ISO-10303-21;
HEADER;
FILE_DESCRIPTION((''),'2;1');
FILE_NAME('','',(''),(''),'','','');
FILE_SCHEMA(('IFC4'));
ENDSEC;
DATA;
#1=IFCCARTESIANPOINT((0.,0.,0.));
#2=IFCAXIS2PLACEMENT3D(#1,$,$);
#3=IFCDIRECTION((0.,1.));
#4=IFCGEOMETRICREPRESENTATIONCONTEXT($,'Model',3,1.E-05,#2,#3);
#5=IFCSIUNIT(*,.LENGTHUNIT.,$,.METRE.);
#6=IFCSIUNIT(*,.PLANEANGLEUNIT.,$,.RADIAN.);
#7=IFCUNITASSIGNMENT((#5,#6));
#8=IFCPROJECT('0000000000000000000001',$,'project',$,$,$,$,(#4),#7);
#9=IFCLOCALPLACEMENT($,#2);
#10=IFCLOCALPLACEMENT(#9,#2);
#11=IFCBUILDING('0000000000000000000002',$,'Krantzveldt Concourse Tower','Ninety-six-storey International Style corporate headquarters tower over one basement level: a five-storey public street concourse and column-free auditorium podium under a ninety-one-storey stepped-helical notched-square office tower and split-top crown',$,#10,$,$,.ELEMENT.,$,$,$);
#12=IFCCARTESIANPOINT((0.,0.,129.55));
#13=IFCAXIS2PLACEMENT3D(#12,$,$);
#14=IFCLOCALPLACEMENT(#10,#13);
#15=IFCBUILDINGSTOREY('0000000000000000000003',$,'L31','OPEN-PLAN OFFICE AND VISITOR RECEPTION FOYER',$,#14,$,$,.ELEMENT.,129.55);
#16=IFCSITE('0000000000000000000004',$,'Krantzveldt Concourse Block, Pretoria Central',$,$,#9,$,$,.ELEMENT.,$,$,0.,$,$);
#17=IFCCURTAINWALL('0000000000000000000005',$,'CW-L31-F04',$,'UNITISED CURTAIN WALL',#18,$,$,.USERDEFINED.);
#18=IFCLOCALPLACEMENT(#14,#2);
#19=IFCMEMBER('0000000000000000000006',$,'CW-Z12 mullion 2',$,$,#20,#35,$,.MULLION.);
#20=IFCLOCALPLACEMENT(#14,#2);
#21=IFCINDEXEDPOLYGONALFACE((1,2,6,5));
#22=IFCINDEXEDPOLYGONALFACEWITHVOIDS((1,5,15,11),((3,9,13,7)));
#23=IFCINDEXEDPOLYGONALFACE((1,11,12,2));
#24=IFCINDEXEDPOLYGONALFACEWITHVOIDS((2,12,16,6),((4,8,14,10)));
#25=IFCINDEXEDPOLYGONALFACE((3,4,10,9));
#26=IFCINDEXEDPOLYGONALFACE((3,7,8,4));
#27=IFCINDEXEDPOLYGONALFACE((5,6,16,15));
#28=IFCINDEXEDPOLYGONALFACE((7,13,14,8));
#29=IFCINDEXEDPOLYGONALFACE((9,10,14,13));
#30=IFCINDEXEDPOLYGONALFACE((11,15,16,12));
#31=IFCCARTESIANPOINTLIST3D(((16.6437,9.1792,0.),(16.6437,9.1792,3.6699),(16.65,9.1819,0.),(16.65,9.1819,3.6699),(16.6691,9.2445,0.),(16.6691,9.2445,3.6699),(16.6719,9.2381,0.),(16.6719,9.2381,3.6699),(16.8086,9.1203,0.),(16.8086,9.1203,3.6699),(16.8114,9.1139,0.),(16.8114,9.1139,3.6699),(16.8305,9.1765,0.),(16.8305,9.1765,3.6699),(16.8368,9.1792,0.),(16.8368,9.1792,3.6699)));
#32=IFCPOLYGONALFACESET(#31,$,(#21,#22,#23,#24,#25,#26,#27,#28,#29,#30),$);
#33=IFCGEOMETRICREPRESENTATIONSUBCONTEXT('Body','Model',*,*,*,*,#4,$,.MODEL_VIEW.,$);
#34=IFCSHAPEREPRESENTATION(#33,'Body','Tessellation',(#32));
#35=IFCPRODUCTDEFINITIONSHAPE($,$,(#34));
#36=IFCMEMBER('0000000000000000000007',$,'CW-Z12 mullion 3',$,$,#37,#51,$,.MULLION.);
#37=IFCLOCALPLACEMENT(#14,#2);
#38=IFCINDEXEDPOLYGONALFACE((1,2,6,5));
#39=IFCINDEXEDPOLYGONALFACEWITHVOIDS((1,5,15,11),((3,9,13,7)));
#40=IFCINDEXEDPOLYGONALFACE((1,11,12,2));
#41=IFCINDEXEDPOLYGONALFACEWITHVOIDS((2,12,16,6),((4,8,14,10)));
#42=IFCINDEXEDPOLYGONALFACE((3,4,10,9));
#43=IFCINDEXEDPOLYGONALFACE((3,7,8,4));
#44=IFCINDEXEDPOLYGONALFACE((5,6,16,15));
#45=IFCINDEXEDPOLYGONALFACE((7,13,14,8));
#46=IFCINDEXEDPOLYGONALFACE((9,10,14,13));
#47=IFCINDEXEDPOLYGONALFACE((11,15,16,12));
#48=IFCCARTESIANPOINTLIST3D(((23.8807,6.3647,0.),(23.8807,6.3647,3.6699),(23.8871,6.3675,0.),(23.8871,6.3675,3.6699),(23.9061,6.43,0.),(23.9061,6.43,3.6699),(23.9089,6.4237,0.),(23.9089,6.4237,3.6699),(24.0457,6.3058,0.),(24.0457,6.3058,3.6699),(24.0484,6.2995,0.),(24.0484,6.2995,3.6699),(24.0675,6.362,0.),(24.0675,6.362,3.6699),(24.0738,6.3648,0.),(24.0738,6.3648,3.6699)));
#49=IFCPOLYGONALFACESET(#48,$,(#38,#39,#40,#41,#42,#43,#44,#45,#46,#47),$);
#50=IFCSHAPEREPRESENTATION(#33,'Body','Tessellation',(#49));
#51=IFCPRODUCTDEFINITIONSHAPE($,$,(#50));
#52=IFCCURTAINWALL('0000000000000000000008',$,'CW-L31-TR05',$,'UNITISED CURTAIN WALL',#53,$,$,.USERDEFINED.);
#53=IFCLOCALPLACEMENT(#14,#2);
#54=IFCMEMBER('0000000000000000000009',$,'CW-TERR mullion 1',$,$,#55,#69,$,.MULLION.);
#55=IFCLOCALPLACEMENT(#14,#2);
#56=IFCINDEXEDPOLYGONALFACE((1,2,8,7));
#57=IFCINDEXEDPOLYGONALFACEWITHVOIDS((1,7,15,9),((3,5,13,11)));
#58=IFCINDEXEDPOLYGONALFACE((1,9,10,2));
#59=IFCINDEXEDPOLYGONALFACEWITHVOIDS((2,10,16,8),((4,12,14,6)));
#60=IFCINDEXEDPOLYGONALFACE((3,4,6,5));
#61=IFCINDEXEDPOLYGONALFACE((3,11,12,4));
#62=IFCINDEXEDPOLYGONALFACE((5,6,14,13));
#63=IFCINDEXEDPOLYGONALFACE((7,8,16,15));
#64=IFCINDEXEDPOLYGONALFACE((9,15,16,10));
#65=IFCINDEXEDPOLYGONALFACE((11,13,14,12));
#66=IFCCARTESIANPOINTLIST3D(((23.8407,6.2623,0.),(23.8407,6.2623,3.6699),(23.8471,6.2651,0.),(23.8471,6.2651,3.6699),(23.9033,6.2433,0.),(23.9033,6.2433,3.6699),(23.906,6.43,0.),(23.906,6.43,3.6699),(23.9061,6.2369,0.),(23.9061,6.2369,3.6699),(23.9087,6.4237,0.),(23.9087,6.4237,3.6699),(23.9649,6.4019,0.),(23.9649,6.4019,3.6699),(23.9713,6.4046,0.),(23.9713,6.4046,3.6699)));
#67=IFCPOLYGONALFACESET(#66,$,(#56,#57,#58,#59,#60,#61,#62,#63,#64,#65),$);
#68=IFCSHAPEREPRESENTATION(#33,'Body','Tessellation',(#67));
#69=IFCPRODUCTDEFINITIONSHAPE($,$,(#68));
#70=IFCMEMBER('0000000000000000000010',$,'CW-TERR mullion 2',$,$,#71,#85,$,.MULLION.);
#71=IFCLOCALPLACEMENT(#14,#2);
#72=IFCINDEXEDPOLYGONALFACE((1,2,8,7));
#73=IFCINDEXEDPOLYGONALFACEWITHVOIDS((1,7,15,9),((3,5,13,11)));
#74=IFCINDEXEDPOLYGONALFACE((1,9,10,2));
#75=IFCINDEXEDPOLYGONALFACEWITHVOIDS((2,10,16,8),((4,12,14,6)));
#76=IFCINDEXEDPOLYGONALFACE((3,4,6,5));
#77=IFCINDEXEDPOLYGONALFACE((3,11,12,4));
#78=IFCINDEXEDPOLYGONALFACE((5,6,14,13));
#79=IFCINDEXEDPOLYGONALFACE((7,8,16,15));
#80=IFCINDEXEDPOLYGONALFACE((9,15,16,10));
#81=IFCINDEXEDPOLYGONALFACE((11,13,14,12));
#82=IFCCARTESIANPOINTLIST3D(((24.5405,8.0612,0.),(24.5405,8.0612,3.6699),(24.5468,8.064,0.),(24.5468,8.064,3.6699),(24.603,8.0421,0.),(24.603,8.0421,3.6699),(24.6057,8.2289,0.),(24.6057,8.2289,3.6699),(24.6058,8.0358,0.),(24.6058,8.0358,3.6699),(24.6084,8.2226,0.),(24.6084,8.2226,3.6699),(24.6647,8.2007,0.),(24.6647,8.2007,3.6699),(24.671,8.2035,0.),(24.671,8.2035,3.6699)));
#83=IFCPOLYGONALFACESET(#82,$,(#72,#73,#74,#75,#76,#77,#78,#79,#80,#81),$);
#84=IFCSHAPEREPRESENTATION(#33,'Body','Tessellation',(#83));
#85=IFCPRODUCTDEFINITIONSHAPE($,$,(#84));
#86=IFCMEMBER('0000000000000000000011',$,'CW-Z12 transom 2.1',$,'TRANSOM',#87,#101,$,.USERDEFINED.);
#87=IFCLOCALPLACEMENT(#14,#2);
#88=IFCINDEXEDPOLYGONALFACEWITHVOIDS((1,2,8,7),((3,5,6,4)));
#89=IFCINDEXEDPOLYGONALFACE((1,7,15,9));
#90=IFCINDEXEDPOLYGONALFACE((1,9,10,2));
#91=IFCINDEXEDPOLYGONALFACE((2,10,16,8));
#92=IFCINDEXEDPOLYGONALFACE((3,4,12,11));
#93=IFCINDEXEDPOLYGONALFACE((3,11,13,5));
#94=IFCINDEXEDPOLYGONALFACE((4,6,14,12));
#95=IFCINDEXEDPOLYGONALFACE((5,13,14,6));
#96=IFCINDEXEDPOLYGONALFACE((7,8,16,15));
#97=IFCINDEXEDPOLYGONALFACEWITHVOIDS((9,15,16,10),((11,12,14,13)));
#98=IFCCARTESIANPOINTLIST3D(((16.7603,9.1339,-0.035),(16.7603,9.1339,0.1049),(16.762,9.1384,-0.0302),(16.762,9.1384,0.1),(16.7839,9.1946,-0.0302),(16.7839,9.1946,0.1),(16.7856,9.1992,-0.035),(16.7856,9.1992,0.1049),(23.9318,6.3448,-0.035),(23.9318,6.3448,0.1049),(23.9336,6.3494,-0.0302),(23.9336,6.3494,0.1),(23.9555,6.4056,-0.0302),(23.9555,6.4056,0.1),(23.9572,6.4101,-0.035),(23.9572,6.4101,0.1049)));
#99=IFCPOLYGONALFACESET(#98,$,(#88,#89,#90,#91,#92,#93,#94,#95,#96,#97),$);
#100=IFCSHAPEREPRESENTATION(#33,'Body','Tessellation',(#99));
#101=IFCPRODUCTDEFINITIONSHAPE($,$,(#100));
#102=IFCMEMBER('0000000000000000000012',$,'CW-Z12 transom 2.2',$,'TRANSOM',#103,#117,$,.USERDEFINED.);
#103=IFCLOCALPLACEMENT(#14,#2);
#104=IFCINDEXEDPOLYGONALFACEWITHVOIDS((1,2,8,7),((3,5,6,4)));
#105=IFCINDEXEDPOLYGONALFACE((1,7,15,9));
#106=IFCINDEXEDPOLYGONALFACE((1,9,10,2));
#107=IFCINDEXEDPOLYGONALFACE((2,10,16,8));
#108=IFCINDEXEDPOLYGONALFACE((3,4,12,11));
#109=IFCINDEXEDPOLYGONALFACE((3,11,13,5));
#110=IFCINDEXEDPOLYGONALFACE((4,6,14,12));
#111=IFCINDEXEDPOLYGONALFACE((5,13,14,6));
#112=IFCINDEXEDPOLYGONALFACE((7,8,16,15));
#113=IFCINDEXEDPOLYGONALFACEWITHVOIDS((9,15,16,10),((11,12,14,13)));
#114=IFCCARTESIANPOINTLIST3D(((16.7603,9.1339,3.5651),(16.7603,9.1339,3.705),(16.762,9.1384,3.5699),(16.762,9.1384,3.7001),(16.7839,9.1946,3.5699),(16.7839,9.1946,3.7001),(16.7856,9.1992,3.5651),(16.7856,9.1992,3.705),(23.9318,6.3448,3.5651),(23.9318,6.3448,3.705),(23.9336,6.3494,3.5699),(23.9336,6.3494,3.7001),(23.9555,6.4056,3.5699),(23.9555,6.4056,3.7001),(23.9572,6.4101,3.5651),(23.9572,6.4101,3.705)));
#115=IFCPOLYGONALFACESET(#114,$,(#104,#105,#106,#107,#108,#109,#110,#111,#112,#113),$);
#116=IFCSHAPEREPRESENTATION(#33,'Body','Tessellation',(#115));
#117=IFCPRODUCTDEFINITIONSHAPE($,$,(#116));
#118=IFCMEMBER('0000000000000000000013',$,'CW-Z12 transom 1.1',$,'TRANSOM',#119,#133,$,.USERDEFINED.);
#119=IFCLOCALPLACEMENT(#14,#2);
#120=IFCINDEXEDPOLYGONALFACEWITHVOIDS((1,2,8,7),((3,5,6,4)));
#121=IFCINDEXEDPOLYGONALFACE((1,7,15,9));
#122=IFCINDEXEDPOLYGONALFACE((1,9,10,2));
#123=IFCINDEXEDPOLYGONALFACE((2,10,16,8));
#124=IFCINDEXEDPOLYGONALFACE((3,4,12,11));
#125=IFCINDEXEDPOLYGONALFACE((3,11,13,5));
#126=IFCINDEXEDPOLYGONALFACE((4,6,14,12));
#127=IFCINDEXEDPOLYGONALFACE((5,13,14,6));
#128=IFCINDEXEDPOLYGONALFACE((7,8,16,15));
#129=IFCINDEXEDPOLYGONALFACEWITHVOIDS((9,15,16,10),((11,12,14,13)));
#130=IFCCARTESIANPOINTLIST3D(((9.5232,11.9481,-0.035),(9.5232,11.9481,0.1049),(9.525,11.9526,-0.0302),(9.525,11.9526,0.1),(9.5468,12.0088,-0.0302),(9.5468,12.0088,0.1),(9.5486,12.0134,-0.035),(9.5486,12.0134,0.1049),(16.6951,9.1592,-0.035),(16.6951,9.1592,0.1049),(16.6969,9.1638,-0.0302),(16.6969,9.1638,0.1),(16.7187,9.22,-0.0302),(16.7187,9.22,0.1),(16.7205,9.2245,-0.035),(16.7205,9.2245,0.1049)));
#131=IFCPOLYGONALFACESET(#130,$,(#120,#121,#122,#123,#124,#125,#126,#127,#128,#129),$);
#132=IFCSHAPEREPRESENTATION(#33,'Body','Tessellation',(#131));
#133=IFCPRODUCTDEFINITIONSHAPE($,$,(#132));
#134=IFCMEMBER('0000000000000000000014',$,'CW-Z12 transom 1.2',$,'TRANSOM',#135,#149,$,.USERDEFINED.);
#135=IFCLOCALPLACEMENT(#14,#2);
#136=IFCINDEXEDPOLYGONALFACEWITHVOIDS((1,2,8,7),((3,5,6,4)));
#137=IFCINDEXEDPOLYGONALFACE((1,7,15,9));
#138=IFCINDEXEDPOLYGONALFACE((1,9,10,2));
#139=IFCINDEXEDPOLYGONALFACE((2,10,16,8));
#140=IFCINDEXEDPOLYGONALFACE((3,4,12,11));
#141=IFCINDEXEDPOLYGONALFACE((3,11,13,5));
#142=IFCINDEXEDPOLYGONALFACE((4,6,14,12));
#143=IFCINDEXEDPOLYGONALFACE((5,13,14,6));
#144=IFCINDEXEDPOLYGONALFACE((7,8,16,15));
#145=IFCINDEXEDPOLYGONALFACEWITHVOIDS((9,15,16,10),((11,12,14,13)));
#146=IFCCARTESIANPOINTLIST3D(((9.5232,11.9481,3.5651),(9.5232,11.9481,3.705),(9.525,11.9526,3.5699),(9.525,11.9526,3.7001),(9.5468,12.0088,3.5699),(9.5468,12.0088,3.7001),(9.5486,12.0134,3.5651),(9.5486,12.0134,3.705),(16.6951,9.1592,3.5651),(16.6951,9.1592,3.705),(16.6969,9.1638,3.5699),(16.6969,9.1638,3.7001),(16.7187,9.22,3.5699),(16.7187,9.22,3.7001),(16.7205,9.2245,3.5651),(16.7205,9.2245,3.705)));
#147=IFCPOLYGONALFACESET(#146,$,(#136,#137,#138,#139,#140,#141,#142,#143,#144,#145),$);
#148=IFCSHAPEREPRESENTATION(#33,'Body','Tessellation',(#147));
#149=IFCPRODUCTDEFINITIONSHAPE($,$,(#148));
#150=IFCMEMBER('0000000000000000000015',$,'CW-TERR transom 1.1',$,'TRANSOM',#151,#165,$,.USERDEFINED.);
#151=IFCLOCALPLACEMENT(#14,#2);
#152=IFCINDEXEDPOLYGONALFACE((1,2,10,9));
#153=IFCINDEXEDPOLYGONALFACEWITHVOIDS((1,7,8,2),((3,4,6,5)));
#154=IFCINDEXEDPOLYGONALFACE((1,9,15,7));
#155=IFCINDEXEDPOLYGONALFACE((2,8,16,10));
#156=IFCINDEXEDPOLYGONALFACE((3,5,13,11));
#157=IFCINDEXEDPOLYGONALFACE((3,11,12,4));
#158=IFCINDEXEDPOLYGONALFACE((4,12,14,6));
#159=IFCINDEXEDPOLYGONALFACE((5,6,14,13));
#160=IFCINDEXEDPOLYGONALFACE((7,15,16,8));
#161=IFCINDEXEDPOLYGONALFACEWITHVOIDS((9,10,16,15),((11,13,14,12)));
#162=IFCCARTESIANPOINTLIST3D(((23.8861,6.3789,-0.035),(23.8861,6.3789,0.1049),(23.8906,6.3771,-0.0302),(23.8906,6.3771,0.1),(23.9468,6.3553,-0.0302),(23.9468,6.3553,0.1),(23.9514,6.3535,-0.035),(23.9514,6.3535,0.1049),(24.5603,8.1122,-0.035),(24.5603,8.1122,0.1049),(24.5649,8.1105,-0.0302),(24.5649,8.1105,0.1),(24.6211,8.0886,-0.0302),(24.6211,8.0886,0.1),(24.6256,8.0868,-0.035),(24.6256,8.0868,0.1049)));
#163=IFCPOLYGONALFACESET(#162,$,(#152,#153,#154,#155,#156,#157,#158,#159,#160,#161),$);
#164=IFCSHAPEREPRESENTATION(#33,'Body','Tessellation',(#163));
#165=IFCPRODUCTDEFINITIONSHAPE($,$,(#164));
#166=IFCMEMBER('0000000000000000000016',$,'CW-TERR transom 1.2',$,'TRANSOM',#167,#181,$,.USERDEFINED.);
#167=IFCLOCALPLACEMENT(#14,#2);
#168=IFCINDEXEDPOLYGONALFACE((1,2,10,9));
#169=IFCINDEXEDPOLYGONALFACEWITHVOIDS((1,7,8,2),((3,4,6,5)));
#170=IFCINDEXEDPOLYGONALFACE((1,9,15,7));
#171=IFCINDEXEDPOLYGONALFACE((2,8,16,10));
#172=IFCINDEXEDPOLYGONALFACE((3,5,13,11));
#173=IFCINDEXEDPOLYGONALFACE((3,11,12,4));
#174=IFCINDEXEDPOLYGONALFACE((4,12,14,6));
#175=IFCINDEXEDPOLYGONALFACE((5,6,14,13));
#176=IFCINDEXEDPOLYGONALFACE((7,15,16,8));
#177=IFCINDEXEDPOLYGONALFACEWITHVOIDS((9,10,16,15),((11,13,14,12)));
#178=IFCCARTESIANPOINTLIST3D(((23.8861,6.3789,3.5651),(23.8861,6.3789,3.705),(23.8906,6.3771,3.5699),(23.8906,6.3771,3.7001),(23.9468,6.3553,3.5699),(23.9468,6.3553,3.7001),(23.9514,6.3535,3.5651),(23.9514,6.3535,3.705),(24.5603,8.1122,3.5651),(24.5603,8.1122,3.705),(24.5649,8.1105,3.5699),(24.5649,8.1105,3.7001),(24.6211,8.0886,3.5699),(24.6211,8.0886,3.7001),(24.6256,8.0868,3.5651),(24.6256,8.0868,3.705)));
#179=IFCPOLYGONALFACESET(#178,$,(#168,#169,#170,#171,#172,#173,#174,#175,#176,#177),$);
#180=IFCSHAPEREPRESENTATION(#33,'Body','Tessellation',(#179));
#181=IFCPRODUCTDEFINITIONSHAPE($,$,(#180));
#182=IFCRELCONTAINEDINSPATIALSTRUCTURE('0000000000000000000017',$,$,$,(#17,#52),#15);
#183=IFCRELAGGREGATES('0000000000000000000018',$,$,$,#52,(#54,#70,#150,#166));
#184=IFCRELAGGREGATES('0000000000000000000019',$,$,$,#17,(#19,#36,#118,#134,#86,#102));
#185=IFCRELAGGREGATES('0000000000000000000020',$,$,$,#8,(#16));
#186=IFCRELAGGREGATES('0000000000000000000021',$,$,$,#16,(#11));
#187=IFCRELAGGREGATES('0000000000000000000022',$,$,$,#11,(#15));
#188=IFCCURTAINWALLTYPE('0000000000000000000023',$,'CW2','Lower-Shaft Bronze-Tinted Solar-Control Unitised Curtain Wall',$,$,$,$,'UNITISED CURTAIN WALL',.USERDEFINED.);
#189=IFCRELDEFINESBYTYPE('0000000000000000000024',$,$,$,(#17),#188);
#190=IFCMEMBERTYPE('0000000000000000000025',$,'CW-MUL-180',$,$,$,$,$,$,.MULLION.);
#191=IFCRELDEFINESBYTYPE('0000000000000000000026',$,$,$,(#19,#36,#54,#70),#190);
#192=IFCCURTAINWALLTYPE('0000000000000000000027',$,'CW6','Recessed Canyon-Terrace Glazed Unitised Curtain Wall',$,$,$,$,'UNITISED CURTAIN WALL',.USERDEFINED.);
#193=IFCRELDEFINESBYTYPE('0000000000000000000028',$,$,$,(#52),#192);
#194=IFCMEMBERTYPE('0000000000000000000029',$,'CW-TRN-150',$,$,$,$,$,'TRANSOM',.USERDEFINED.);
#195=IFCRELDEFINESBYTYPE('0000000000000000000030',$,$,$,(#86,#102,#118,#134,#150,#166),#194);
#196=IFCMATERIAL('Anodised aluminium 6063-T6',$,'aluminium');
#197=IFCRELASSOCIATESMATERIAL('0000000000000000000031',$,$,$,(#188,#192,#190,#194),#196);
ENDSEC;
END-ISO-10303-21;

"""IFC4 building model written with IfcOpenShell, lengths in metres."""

from ifc_helpers import new_model, si_unit, direction, frame, origin, origin_2d, place, context, subcontext, project, spatial, hollow_rectangle, extrude, source, transform, mapped, material, material_profile, profile_set, type_object, type_shapes, element, aggregate, save


model = new_model("IFC4")

# Units and contexts
model_context = context("Model", 3, precision=1e-05, world=origin(), true_north=direction((0.0, 1.0)))
body_context = subcontext(model_context, "Body", "Model", "MODEL_VIEW")
ifc_project = project(units=[si_unit("LENGTHUNIT", "METRE"), si_unit("PLANEANGLEUNIT", "RADIAN")], contexts=[model_context])

# Site, building, storey
site_placement = place(None, origin())
site = spatial("IfcSite", under=ifc_project, at=site_placement, Name="Krantzveldt Concourse Block, Pretoria Central", CompositionType="ELEMENT", RefElevation=0.0)
building_placement = place(site_placement, origin())
building = spatial("IfcBuilding", under=site, at=building_placement, Name="Krantzveldt Concourse Tower", Description="Ninety-six-storey International Style corporate headquarters tower over one basement level: a five-storey public street concourse and column-free auditorium podium under a ninety-one-storey stepped-helical notched-square office tower and split-top crown", CompositionType="ELEMENT")
storey_placement = place(building_placement, frame((0.0, 0.0, 129.55)))
storey = spatial("IfcBuildingStorey", under=building, at=storey_placement, Name="L31", Description="OPEN-PLAN OFFICE AND VISITOR RECEPTION FOYER", CompositionType="ELEMENT", Elevation=129.55)

# Shared definitions
ifc_material_1 = material(Name="Anodised aluminium 6063-T6", Category="aluminium")
curtain_wall_type_1 = type_object("IfcCurtainWallType", Name="CW2", Description="Lower-Shaft Bronze-Tinted Solar-Control Unitised Curtain Wall", ElementType="UNITISED CURTAIN WALL", PredefinedType="USERDEFINED", material=ifc_material_1)
ifc_material_profile_1 = material_profile(ifc_material_1, hollow_rectangle(XDim=0.0701, YDim=0.1799, WallThickness=0.0049, at=origin_2d()), Name="Anodised aluminium 6063-T6", Category="aluminium")
ifc_profile_set_1 = profile_set([ifc_material_profile_1], Name="Anodised aluminium 6063-T6 - ALU-MULL 180x70x5")
member_type_1 = type_object("IfcMemberType", Name="CW-MUL-180", PredefinedType="MULLION", material=ifc_profile_set_1)
shared_shape_1 = source(origin(), body_context, "Body", "SweptSolid", [
    extrude(hollow_rectangle(XDim=0.0701, YDim=0.1799, WallThickness=0.0049, at=origin_2d()), origin(), (0.0, 0.0, 1.0), 3.6699),
])
type_shapes(member_type_1, [shared_shape_1])

# Curtain walls, members
curtain_wall_1_placement = place(storey_placement, origin())
curtain_wall_1 = element("IfcCurtainWall", 1, at=curtain_wall_1_placement, inside=storey, type_object=curtain_wall_type_1, Name="CW-L31-F04", ObjectType="UNITISED CURTAIN WALL", PredefinedType="USERDEFINED")
member_1_placement = place(storey_placement, frame((16.7402, 9.1792, 0.0), z_axis=(0.0, 0.0, 1.0), x_axis=(0.362438, 0.932008, 0.0)))
member_1 = element("IfcMember", 2, at=member_1_placement, type_object=member_type_1, Name="CW-Z12 mullion 2", PredefinedType="MULLION", context=body_context, shape_type="MappedRepresentation", body=[
    mapped(shared_shape_1, transform((0.0, 0.0, 0.0), x_axis=(1.0, 0.0, 0.0), y_axis=(0.0, 1.0, 0.0), z_axis=(0.0, 0.0, 1.0), scale=1.0)),
])
member_2_placement = place(storey_placement, frame((23.9773, 6.3647, 0.0), z_axis=(0.0, 0.0, 1.0), x_axis=(0.362438, 0.932008, 0.0)))
member_2 = element("IfcMember", 3, at=member_2_placement, type_object=member_type_1, Name="CW-Z12 mullion 3", PredefinedType="MULLION", context=body_context, shape_type="MappedRepresentation", body=[
    mapped(shared_shape_1, transform((0.0, 0.0, 0.0), x_axis=(1.0, 0.0, 0.0), y_axis=(0.0, 1.0, 0.0), z_axis=(0.0, 0.0, 1.0), scale=1.0)),
])
curtain_wall_type_2 = type_object("IfcCurtainWallType", Name="CW6", Description="Recessed Canyon-Terrace Glazed Unitised Curtain Wall", ElementType="UNITISED CURTAIN WALL", PredefinedType="USERDEFINED", material=ifc_material_1)
curtain_wall_2_placement = place(storey_placement, origin())
curtain_wall_2 = element("IfcCurtainWall", 4, at=curtain_wall_2_placement, inside=storey, type_object=curtain_wall_type_2, Name="CW-L31-TR05", ObjectType="UNITISED CURTAIN WALL", PredefinedType="USERDEFINED")
member_3_placement = place(storey_placement, frame((23.906, 6.3335, 0.0), z_axis=(0.0, 0.0, 1.0), x_axis=(-0.932007, 0.362439, 0.0)))
member_3 = element("IfcMember", 5, at=member_3_placement, type_object=member_type_1, Name="CW-TERR mullion 1", PredefinedType="MULLION", context=body_context, shape_type="MappedRepresentation", body=[
    mapped(shared_shape_1, transform((0.0, 0.0, 0.0), x_axis=(1.0, 0.0, 0.0), y_axis=(0.0, 1.0, 0.0), z_axis=(0.0, 0.0, 1.0), scale=1.0)),
])
member_4_placement = place(storey_placement, frame((24.6057, 8.1323, 0.0), z_axis=(0.0, 0.0, 1.0), x_axis=(-0.932007, 0.362439, 0.0)))
member_4 = element("IfcMember", 6, at=member_4_placement, type_object=member_type_1, Name="CW-TERR mullion 2", PredefinedType="MULLION", context=body_context, shape_type="MappedRepresentation", body=[
    mapped(shared_shape_1, transform((0.0, 0.0, 0.0), x_axis=(1.0, 0.0, 0.0), y_axis=(0.0, 1.0, 0.0), z_axis=(0.0, 0.0, 1.0), scale=1.0)),
])

# Members
ifc_material_profile_2 = material_profile(ifc_material_1, hollow_rectangle(XDim=0.0701, YDim=0.1399, WallThickness=0.0049, at=origin_2d()), Name="Anodised aluminium 6063-T6", Category="aluminium")
ifc_profile_set_2 = profile_set([ifc_material_profile_2], Name="Anodised aluminium 6063-T6 - ALU-TRAN 140x70x5")
member_type_2 = type_object("IfcMemberType", Name="CW-TRN-150", ElementType="TRANSOM", PredefinedType="USERDEFINED", material=ifc_profile_set_2)
shared_shape_2 = source(origin(), body_context, "Body", "SweptSolid", [
    extrude(hollow_rectangle(XDim=0.0701, YDim=0.1399, WallThickness=0.0049, at=origin_2d()), origin(), (0.0, 0.0, 1.0), 7.6948),
])
member_5_placement = place(storey_placement, frame((16.7729, 9.1665, 0.0349), z_axis=(0.932001, -0.362457, 0.0), x_axis=(0.362457, 0.932001, 0.0)))
member_5 = element("IfcMember", 7, at=member_5_placement, type_object=member_type_2, Name="CW-Z12 transom 2.1", ObjectType="TRANSOM", PredefinedType="USERDEFINED", context=body_context, shape_type="MappedRepresentation", body=[
    mapped(shared_shape_2, transform((0.0, 0.0, 0.0), x_axis=(1.0, 0.0, 0.0), y_axis=(0.0, 1.0, 0.0), z_axis=(0.0, 0.0, 1.0), scale=1.0)),
])
member_6_placement = place(storey_placement, frame((16.7729, 9.1665, 3.635), z_axis=(0.932001, -0.362457, 0.0), x_axis=(0.362457, 0.932001, 0.0)))
member_6 = element("IfcMember", 8, at=member_6_placement, type_object=member_type_2, Name="CW-Z12 transom 2.2", ObjectType="TRANSOM", PredefinedType="USERDEFINED", context=body_context, shape_type="MappedRepresentation", body=[
    mapped(shared_shape_2, transform((0.0, 0.0, 0.0), x_axis=(1.0, 0.0, 0.0), y_axis=(0.0, 1.0, 0.0), z_axis=(0.0, 0.0, 1.0), scale=1.0)),
])
shared_shape_3 = source(origin(), body_context, "Body", "SweptSolid", [
    extrude(hollow_rectangle(XDim=0.0701, YDim=0.1399, WallThickness=0.0049, at=origin_2d()), origin(), (0.0, 0.0, 1.0), 7.6951),
])
member_7_placement = place(storey_placement, frame((9.5359, 11.9807, 0.0349), z_axis=(0.932015, -0.362419, 0.0), x_axis=(0.362419, 0.932015, 0.0)))
member_7 = element("IfcMember", 9, at=member_7_placement, type_object=member_type_2, Name="CW-Z12 transom 1.1", ObjectType="TRANSOM", PredefinedType="USERDEFINED", context=body_context, shape_type="MappedRepresentation", body=[
    mapped(shared_shape_3, transform((0.0, 0.0, 0.0), x_axis=(1.0, 0.0, 0.0), y_axis=(0.0, 1.0, 0.0), z_axis=(0.0, 0.0, 1.0), scale=1.0)),
])
member_8_placement = place(storey_placement, frame((9.5359, 11.9807, 3.635), z_axis=(0.932015, -0.362419, 0.0), x_axis=(0.362419, 0.932015, 0.0)))
member_8 = element("IfcMember", 10, at=member_8_placement, type_object=member_type_2, Name="CW-Z12 transom 1.2", ObjectType="TRANSOM", PredefinedType="USERDEFINED", context=body_context, shape_type="MappedRepresentation", body=[
    mapped(shared_shape_3, transform((0.0, 0.0, 0.0), x_axis=(1.0, 0.0, 0.0), y_axis=(0.0, 1.0, 0.0), z_axis=(0.0, 0.0, 1.0), scale=1.0)),
])
shared_shape_4 = source(origin(), body_context, "Body", "SweptSolid", [
    extrude(hollow_rectangle(XDim=0.0701, YDim=0.1399, WallThickness=0.0049, at=origin_2d()), origin(), (0.0, 0.0, 1.0), 1.8599),
])
type_shapes(member_type_2, [shared_shape_2, shared_shape_3, shared_shape_4])
member_9_placement = place(storey_placement, frame((23.9187, 6.3662, 0.0349), z_axis=(0.362548, 0.931965, 0.0), x_axis=(-0.931965, 0.362548, 0.0)))
member_9 = element("IfcMember", 11, at=member_9_placement, type_object=member_type_2, Name="CW-TERR transom 1.1", ObjectType="TRANSOM", PredefinedType="USERDEFINED", context=body_context, shape_type="MappedRepresentation", body=[
    mapped(shared_shape_4, transform((0.0, 0.0, 0.0), x_axis=(1.0, 0.0, 0.0), y_axis=(0.0, 1.0, 0.0), z_axis=(0.0, 0.0, 1.0), scale=1.0)),
])
member_10_placement = place(storey_placement, frame((23.9187, 6.3662, 3.635), z_axis=(0.362548, 0.931965, 0.0), x_axis=(-0.931965, 0.362548, 0.0)))
member_10 = element("IfcMember", 12, at=member_10_placement, type_object=member_type_2, Name="CW-TERR transom 1.2", ObjectType="TRANSOM", PredefinedType="USERDEFINED", context=body_context, shape_type="MappedRepresentation", body=[
    mapped(shared_shape_4, transform((0.0, 0.0, 0.0), x_axis=(1.0, 0.0, 0.0), y_axis=(0.0, 1.0, 0.0), z_axis=(0.0, 0.0, 1.0), scale=1.0)),
])

aggregate(curtain_wall_2, [member_3, member_4, member_9, member_10])
aggregate(curtain_wall_1, [member_1, member_2, member_7, member_8, member_5, member_6])

save(model, "model.ifc")
